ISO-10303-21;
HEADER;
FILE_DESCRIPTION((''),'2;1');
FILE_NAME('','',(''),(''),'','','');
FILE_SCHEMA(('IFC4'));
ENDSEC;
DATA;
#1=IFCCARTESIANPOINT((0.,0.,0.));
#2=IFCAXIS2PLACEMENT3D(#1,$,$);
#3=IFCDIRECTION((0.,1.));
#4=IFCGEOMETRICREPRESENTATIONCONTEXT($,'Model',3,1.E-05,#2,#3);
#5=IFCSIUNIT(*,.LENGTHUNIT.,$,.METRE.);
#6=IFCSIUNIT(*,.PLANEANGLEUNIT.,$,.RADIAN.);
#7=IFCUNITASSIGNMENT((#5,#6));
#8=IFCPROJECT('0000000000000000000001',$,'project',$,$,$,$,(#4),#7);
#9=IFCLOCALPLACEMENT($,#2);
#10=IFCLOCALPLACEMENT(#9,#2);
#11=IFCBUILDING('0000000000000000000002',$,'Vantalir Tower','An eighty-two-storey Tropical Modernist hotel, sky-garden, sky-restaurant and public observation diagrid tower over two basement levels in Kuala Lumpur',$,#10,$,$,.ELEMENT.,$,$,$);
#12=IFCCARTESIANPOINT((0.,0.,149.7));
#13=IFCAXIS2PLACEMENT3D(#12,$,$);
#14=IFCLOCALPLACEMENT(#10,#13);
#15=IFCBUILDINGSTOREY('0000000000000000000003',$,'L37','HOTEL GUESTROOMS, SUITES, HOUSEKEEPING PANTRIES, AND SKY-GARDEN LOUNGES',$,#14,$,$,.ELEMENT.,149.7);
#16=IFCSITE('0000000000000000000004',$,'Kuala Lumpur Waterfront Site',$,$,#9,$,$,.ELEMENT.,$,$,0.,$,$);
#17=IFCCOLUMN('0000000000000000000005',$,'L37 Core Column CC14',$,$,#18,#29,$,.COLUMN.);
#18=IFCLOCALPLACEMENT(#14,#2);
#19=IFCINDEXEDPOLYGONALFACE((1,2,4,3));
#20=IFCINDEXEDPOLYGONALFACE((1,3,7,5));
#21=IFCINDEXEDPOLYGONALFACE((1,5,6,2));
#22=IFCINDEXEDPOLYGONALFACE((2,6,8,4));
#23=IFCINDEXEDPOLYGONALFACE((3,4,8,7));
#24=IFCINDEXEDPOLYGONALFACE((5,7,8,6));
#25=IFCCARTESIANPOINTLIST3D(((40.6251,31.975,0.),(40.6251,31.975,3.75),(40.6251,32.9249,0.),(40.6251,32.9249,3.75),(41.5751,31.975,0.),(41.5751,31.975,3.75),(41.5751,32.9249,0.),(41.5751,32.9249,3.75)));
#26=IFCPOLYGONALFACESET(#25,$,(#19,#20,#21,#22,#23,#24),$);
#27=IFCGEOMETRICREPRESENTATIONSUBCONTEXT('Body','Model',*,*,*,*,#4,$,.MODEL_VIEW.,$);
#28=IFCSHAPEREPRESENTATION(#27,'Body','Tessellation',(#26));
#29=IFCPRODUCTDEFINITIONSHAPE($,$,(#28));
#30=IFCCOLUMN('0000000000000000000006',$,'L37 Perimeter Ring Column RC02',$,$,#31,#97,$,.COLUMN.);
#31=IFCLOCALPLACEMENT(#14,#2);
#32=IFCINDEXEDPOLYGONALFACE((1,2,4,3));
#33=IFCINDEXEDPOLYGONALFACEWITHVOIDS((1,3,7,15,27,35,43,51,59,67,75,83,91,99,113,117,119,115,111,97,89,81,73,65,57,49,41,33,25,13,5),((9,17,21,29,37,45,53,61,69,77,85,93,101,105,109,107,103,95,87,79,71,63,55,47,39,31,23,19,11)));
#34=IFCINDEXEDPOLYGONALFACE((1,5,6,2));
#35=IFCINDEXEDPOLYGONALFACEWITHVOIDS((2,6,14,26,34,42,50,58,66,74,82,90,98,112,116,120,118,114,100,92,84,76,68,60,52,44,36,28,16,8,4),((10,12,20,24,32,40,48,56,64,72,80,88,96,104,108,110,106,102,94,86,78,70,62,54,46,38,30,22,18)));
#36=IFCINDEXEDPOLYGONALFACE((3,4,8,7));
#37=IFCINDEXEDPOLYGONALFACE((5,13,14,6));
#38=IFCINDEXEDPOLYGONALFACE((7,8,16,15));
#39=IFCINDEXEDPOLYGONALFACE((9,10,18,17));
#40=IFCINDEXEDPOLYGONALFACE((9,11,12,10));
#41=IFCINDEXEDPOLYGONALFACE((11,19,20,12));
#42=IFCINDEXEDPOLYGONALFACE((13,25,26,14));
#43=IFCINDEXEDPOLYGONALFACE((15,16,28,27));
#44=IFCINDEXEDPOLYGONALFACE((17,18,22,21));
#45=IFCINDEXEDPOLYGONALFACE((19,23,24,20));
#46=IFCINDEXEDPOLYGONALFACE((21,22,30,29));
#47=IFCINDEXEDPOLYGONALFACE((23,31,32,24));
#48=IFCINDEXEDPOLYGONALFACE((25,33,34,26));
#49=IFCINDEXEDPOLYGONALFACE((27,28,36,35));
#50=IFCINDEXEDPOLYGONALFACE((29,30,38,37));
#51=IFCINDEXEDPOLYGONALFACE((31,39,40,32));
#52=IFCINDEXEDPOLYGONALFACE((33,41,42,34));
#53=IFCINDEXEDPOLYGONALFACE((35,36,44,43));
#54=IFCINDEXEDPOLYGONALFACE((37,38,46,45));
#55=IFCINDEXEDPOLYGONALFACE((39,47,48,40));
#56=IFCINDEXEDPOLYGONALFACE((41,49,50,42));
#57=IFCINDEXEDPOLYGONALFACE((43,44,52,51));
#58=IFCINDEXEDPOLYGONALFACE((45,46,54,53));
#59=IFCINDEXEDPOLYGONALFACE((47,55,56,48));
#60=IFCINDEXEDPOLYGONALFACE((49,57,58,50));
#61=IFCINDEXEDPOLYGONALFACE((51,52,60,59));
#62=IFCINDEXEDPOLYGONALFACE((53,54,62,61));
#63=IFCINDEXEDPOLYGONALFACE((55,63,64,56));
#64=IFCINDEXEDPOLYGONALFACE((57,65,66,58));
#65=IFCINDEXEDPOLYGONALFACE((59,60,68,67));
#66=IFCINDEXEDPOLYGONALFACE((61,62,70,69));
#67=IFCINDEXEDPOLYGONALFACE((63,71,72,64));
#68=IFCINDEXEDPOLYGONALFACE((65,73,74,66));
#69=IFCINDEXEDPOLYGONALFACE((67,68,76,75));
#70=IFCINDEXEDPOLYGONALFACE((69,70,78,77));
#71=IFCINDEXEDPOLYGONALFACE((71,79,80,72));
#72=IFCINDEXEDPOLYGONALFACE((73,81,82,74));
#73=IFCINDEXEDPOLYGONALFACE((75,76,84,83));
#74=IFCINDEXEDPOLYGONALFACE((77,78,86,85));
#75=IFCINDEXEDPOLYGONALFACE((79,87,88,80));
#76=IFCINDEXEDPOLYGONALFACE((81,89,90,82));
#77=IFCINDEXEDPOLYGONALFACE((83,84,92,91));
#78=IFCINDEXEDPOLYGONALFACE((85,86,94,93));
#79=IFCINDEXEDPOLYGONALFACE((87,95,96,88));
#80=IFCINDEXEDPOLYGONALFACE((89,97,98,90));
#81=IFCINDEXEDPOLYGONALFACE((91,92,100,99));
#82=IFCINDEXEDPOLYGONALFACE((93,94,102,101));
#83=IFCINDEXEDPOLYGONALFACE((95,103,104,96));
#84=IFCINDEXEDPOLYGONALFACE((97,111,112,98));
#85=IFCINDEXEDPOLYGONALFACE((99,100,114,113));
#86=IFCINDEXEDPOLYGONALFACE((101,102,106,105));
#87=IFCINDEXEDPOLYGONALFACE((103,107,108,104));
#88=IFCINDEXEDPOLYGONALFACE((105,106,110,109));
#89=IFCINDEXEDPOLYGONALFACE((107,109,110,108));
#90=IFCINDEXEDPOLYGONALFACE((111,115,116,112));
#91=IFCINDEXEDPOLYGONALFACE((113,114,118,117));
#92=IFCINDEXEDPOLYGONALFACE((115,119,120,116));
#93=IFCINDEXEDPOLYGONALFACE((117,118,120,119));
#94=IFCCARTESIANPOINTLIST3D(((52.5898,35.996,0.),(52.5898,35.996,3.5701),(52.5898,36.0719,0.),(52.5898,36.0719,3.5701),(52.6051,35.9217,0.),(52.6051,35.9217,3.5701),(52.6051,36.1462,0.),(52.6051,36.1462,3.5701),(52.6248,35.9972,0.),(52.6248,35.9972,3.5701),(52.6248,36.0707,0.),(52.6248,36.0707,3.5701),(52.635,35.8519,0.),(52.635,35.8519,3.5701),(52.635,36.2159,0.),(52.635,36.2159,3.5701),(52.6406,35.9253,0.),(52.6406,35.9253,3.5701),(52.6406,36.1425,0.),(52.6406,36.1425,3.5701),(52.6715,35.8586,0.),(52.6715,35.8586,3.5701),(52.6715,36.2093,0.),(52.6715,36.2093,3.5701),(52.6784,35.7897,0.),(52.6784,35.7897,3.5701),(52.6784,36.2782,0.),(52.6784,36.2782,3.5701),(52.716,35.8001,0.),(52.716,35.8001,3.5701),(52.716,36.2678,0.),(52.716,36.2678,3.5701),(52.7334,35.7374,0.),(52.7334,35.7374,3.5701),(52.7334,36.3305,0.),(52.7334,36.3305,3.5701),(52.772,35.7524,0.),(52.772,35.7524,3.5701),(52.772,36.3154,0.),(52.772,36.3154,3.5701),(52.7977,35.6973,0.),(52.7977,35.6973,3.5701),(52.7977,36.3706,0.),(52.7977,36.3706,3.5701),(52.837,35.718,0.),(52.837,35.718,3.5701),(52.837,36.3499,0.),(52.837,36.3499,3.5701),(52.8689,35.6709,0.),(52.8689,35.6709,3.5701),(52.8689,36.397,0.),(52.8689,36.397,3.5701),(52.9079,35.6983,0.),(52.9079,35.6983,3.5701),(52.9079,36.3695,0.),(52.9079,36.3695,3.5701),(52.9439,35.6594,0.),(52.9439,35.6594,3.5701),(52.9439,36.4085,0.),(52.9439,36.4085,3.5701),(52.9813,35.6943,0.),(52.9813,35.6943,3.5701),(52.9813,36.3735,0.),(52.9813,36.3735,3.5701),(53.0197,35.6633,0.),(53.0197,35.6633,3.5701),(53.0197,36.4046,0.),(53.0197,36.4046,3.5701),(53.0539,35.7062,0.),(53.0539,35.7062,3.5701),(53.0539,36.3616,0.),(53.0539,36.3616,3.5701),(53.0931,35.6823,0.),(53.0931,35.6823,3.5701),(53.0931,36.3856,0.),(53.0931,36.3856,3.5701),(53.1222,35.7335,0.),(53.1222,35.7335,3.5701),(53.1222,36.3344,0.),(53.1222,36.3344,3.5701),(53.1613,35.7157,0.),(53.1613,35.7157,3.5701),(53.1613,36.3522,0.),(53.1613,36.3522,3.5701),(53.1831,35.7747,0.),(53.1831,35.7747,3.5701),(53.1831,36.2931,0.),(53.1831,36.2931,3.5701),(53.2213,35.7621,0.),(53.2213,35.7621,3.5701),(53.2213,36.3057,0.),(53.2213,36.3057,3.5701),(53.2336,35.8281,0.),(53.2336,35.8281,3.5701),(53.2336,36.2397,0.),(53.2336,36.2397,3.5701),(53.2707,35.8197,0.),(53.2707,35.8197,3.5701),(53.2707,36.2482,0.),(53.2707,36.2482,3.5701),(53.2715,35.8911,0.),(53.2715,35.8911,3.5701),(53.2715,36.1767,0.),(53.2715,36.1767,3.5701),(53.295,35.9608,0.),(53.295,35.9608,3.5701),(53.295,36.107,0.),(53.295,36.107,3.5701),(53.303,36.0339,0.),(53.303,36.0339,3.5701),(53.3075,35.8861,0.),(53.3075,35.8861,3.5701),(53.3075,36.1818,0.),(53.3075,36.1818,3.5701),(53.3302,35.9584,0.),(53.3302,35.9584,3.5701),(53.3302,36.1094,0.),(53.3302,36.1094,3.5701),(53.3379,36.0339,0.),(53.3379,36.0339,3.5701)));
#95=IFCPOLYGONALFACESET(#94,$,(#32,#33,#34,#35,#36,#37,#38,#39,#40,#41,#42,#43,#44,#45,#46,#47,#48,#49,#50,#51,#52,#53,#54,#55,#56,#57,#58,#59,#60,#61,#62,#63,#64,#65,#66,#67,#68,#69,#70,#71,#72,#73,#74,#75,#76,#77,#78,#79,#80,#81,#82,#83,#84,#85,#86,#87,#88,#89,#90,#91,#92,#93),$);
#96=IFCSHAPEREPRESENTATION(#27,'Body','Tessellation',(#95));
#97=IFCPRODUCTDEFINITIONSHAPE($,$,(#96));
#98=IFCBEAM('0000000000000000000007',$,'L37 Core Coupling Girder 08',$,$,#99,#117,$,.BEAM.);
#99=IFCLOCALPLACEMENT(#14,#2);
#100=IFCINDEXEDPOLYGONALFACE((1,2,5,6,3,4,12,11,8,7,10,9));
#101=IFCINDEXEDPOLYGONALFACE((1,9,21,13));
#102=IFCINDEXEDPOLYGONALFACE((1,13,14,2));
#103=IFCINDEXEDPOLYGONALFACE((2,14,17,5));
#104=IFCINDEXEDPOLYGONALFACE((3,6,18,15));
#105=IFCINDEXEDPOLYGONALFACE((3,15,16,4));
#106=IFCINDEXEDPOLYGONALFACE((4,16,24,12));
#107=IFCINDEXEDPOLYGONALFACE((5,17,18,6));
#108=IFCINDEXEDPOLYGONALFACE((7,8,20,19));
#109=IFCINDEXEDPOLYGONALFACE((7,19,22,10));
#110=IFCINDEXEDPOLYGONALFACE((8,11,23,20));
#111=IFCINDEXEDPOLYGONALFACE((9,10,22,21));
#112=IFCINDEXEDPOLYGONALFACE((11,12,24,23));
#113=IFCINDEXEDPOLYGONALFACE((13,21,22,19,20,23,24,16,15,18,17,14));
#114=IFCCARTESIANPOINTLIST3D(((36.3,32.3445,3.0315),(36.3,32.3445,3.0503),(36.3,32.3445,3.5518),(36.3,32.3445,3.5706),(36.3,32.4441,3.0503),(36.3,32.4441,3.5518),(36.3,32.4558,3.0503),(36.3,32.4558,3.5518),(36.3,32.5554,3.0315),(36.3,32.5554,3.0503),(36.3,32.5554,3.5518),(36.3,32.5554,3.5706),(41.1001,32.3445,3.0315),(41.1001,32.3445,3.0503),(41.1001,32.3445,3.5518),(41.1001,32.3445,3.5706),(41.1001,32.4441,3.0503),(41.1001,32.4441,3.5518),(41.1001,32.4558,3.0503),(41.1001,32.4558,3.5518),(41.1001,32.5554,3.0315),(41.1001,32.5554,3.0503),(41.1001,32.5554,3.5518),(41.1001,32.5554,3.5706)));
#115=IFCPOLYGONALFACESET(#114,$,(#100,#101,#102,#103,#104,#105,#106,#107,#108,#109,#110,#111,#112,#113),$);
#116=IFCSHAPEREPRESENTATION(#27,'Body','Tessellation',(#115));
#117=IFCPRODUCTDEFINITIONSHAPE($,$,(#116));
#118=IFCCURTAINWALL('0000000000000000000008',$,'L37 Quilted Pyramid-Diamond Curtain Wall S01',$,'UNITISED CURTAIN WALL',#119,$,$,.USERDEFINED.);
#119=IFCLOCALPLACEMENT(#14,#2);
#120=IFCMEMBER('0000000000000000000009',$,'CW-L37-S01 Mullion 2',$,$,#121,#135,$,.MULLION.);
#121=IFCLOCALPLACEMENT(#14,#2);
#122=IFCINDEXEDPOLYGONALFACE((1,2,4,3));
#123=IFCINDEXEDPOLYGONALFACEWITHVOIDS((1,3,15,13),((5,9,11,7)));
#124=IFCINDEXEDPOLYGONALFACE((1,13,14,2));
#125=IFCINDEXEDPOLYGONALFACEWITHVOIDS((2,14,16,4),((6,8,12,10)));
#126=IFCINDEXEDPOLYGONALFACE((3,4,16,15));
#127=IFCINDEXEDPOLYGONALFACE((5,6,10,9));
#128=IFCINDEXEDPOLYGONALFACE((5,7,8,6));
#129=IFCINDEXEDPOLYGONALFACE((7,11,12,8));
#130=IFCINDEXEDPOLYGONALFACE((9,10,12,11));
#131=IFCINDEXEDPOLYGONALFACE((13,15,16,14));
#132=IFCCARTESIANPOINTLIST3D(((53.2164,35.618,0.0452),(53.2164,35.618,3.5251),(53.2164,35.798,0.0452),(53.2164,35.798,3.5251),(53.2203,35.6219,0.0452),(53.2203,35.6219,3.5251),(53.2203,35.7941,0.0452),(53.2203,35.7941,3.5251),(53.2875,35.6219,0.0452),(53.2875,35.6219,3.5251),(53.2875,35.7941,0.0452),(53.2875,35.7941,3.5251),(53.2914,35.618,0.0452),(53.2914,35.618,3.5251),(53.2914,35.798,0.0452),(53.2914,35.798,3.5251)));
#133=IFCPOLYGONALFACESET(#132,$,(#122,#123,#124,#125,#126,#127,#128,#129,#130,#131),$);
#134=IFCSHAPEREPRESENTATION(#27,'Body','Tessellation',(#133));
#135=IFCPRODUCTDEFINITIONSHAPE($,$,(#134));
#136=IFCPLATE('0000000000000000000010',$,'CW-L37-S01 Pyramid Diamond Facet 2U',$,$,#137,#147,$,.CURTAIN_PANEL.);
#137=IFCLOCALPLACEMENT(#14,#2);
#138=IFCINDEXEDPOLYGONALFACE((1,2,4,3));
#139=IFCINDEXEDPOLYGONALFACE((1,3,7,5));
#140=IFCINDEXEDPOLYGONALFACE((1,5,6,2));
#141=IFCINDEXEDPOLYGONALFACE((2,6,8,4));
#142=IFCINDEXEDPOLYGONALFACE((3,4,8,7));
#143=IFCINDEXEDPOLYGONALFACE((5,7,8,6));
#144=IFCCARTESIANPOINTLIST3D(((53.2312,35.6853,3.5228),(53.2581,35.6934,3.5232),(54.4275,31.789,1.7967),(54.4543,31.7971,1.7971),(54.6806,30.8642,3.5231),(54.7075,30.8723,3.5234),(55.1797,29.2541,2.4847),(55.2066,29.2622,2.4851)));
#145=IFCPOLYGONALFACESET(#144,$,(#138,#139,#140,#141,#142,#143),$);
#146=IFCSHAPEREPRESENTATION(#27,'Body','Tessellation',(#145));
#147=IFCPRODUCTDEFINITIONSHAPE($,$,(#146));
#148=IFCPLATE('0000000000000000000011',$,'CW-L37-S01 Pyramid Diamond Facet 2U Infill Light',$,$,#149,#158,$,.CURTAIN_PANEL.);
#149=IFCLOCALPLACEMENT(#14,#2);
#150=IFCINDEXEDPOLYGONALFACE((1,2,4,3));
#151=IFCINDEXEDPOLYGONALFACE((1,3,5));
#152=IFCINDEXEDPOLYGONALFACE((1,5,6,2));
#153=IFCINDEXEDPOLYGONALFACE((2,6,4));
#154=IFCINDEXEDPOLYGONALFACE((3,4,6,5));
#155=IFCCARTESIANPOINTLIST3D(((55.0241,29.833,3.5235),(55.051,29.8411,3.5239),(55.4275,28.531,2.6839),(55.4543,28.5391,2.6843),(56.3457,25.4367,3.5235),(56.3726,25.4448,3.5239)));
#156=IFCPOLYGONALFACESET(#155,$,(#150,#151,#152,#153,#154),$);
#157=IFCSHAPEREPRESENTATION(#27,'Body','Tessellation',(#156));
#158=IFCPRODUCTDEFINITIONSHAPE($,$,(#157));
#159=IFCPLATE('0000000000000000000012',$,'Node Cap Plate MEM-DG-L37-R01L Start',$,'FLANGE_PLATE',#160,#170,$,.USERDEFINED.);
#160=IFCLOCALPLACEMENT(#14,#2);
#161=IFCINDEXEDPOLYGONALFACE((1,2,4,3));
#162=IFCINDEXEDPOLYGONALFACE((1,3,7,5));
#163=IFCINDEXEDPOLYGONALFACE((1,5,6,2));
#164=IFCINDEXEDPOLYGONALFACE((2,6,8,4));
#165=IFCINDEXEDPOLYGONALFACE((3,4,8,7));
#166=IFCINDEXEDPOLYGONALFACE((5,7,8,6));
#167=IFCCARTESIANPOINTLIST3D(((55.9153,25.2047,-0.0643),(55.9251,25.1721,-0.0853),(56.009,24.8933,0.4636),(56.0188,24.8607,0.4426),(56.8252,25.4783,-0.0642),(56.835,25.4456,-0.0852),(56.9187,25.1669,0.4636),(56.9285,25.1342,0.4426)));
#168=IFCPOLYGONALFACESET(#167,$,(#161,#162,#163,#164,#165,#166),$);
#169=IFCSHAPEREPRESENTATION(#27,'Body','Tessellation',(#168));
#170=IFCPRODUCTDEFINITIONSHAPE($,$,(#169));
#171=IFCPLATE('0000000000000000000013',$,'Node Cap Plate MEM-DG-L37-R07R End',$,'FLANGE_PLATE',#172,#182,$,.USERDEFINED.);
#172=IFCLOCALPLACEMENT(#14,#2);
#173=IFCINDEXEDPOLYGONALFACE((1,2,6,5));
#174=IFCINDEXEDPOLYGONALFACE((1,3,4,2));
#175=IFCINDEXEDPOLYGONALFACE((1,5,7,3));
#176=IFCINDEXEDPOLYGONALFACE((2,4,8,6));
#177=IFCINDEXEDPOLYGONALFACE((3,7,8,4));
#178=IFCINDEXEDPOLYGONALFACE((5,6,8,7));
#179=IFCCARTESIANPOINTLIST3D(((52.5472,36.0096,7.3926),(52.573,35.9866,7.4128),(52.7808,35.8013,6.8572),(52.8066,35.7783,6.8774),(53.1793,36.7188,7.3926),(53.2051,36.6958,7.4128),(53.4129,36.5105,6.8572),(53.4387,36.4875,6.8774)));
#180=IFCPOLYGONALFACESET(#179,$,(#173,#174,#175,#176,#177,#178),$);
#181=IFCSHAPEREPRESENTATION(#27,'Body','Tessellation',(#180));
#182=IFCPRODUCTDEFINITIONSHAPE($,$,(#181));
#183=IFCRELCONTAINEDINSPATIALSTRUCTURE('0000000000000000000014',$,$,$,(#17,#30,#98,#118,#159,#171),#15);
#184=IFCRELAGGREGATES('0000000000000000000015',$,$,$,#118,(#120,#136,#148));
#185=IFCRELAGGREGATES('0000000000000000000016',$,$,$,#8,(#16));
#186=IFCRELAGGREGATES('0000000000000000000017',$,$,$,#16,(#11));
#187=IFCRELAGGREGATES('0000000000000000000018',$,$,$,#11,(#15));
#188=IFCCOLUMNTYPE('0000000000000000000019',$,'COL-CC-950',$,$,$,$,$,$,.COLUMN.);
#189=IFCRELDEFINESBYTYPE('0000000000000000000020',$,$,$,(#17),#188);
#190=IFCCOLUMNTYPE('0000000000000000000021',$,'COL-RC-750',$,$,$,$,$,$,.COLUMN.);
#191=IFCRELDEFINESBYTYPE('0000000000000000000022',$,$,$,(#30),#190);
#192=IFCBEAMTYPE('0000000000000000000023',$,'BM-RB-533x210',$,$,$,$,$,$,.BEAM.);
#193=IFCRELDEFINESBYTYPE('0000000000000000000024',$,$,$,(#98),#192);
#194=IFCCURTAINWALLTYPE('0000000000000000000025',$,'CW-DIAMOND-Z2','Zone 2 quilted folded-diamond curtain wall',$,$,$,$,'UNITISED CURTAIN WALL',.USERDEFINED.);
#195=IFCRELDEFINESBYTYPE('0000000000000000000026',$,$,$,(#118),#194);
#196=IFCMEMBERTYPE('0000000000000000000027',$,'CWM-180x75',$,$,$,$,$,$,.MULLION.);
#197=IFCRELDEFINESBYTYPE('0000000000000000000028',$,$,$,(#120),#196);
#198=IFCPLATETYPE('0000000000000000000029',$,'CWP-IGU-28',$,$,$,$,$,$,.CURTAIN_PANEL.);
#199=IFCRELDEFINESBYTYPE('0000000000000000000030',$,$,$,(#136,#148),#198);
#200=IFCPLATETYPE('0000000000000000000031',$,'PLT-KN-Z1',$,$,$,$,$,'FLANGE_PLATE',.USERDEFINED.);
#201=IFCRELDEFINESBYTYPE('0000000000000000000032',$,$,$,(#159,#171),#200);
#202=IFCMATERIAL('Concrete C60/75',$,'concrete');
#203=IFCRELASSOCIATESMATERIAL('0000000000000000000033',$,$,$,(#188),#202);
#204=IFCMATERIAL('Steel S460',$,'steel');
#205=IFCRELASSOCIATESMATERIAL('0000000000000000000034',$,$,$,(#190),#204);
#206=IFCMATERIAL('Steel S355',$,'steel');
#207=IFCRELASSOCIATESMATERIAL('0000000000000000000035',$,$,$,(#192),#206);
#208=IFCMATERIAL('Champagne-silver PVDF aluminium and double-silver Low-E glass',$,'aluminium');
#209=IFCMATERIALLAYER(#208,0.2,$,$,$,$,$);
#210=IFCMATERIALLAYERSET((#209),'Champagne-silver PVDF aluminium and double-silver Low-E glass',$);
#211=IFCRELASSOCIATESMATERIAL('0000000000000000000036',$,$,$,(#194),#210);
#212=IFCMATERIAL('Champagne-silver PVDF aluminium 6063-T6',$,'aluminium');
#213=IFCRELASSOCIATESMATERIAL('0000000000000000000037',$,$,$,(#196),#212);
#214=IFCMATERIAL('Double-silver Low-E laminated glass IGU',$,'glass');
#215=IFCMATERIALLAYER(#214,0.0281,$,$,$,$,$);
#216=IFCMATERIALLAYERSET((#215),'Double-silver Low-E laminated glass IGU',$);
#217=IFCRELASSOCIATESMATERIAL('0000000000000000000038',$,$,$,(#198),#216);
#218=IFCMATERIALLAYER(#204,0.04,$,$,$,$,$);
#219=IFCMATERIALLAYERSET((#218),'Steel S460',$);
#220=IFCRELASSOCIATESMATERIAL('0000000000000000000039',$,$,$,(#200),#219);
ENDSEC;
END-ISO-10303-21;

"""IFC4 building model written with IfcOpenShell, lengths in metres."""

from ifc_helpers import new_model, si_unit, direction, frame, origin, origin_2d, place, context, subcontext, project, spatial, polyline, rectangle, hollow_rectangle, hollow_circle, i_section, outline, extrude, material, layer, layer_set, material_profile, profile_set, type_object, element, aggregate, save


model = new_model("IFC4")

# Units and contexts
model_context = context("Model", 3, precision=1e-05, world=origin(), true_north=direction((0.0, 1.0)))
body_context = subcontext(model_context, "Body", "Model", "MODEL_VIEW")
ifc_project = project(units=[si_unit("LENGTHUNIT", "METRE"), si_unit("PLANEANGLEUNIT", "RADIAN")], contexts=[model_context])

# Site, building, storey
site_placement = place(None, origin())
site = spatial("IfcSite", under=ifc_project, at=site_placement, Name="Kuala Lumpur Waterfront Site", CompositionType="ELEMENT", RefElevation=0.0)
building_placement = place(site_placement, origin())
building = spatial("IfcBuilding", under=site, at=building_placement, Name="Vantalir Tower", Description="An eighty-two-storey Tropical Modernist hotel, sky-garden, sky-restaurant and public observation diagrid tower over two basement levels in Kuala Lumpur", CompositionType="ELEMENT")
storey_placement = place(building_placement, frame((0.0, 0.0, 149.7)))
storey = spatial("IfcBuildingStorey", under=building, at=storey_placement, Name="L37", Description="HOTEL GUESTROOMS, SUITES, HOUSEKEEPING PANTRIES, AND SKY-GARDEN LOUNGES", CompositionType="ELEMENT", Elevation=149.7)

# Columns
ifc_material_1 = material(Name="Concrete C60/75", Category="concrete")
ifc_material_profile_1 = material_profile(ifc_material_1, rectangle(XDim=0.95, YDim=0.95, at=origin_2d()), Name="Concrete C60/75")
ifc_profile_set_1 = profile_set([ifc_material_profile_1], Name="Concrete C60/75")
column_type_1 = type_object("IfcColumnType", Name="COL-CC-950", PredefinedType="COLUMN", material=ifc_profile_set_1)
column_1_placement = place(storey_placement, frame((41.1001, 32.45, 0.0), z_axis=(0.0, 0.0, 1.0), x_axis=(1.0, 0.0, 0.0)))
element("IfcColumn", 1, at=column_1_placement, inside=storey, type_object=column_type_1, Name="L37 Core Column CC14", PredefinedType="COLUMN", context=body_context, shape_type="SweptSolid", body=[
    extrude(rectangle(XDim=0.95, YDim=0.95, at=origin_2d()), origin(), (0.0, 0.0, 1.0), 3.75),
])
ifc_material_2 = material(Name="Steel S460", Category="steel")
ifc_material_profile_2 = material_profile(ifc_material_2, hollow_circle(Radius=0.375, WallThickness=0.0349, at=origin_2d()), Name="Steel S460")
ifc_profile_set_2 = profile_set([ifc_material_profile_2], Name="Steel S460")
column_type_2 = type_object("IfcColumnType", Name="COL-RC-750", PredefinedType="COLUMN", material=ifc_profile_set_2)
column_2_placement = place(storey_placement, frame((52.9629, 36.0339, 0.0), z_axis=(0.0, 0.0, 1.0), x_axis=(1.0, 0.0, 0.0)))
element("IfcColumn", 2, at=column_2_placement, inside=storey, type_object=column_type_2, Name="L37 Perimeter Ring Column RC02", PredefinedType="COLUMN", context=body_context, shape_type="SweptSolid", body=[
    extrude(hollow_circle(Radius=0.375, WallThickness=0.0349, at=origin_2d()), origin(), (0.0, 0.0, 1.0), 3.5701),
])

# Beam
ifc_material_3 = material(Name="Steel S355", Category="steel")
ifc_material_profile_3 = material_profile(ifc_material_3, i_section(OverallWidth=0.2109, OverallDepth=0.5391, WebThickness=0.0117, FlangeThickness=0.0188, at=origin_2d()), Name="Steel S355")
ifc_profile_set_3 = profile_set([ifc_material_profile_3], Name="Steel S355")
beam_type = type_object("IfcBeamType", Name="BM-RB-533x210", PredefinedType="BEAM", material=ifc_profile_set_3)
beam_placement = place(storey_placement, frame((41.1001, 32.45, 3.301), z_axis=(-1.0, 0.0, 0.0), x_axis=(0.0, -1.0, 0.0)))
element("IfcBeam", 3, at=beam_placement, inside=storey, type_object=beam_type, Name="L37 Core Coupling Girder 08", PredefinedType="BEAM", context=body_context, shape_type="SweptSolid", body=[
    extrude(i_section(OverallWidth=0.2109, OverallDepth=0.5391, WebThickness=0.0117, FlangeThickness=0.0188, at=origin_2d()), origin(), (0.0, 0.0, 1.0), 4.8),
])

# Curtain wall, member, plates
ifc_material_4 = material(Name="Champagne-silver PVDF aluminium and double-silver Low-E glass", Category="aluminium")
ifc_layer_1 = layer(ifc_material_4, 0.2)
ifc_layer_set_1 = layer_set([ifc_layer_1], Name="Champagne-silver PVDF aluminium and double-silver Low-E glass")
curtain_wall_type = type_object("IfcCurtainWallType", Name="CW-DIAMOND-Z2", Description="Zone 2 quilted folded-diamond curtain wall", ElementType="UNITISED CURTAIN WALL", PredefinedType="USERDEFINED", material=ifc_layer_set_1)
curtain_wall_placement = place(storey_placement, origin())
curtain_wall = element("IfcCurtainWall", 4, at=curtain_wall_placement, inside=storey, type_object=curtain_wall_type, Name="L37 Quilted Pyramid-Diamond Curtain Wall S01", ObjectType="UNITISED CURTAIN WALL", PredefinedType="USERDEFINED")
ifc_material_5 = material(Name="Champagne-silver PVDF aluminium 6063-T6", Category="aluminium")
ifc_material_profile_4 = material_profile(ifc_material_5, hollow_rectangle(XDim=0.075, YDim=0.1799, WallThickness=0.0039, at=origin_2d()), Name="Champagne-silver PVDF aluminium 6063-T6")
ifc_profile_set_4 = profile_set([ifc_material_profile_4], Name="Champagne-silver PVDF aluminium 6063-T6")
member_type = type_object("IfcMemberType", Name="CWM-180x75", PredefinedType="MULLION", material=ifc_profile_set_4)
member_placement = place(storey_placement, frame((53.2539, 35.708, 0.0452), z_axis=(0.0, 0.0, 1.0), x_axis=(1.0, 0.0, 0.0)))
member = element("IfcMember", 5, at=member_placement, type_object=member_type, Name="CW-L37-S01 Mullion 2", PredefinedType="MULLION", context=body_context, shape_type="SweptSolid", body=[
    extrude(hollow_rectangle(XDim=0.075, YDim=0.1799, WallThickness=0.0039, at=origin_2d()), origin(), (0.0, 0.0, 1.0), 3.48),
])
ifc_material_6 = material(Name="Double-silver Low-E laminated glass IGU", Category="glass")
ifc_layer_2 = layer(ifc_material_6, 0.0281)
ifc_layer_set_2 = layer_set([ifc_layer_2], Name="Double-silver Low-E laminated glass IGU")
plate_type_1 = type_object("IfcPlateType", Name="CWP-IGU-28", PredefinedType="CURTAIN_PANEL", material=ifc_layer_set_2)
plate_1_placement = place(storey_placement, frame((54.7075, 30.8723, 3.5234), z_axis=(0.957563, 0.287892, 0.013795), x_axis=(-0.287919, 0.957655, -0.000048)))
plate_1 = element("IfcPlate", 6, at=plate_1_placement, type_object=plate_type_1, Name="CW-L37-S01 Pyramid Diamond Facet 2U", PredefinedType="CURTAIN_PANEL", context=body_context, shape_type="SweptSolid", body=[
    extrude(outline(polyline([(0.0, 0.0), (5.0342, 0.0), (0.9586, -1.7264), (-1.6856, -1.0385), (0.0, 0.0)])), origin(), (0.0, 0.0, -1.0), 0.0281),
])
plate_2_placement = place(storey_placement, frame((56.3726, 25.4448, 3.5239), z_axis=(0.957578, 0.287853, 0.013608), x_axis=(-0.28788, 0.957667, 0.0)))
plate_2 = element("IfcPlate", 7, at=plate_2_placement, type_object=plate_type_1, Name="CW-L37-S01 Pyramid Diamond Facet 2U Infill Light", PredefinedType="CURTAIN_PANEL", context=body_context, shape_type="SweptSolid", body=[
    extrude(outline(polyline([(0.0, 0.0), (4.5906, 0.0), (3.2276, -0.8397), (0.0, 0.0)])), origin(), (0.0, 0.0, -1.0), 0.0281),
])
aggregate(curtain_wall, [member, plate_1, plate_2])

# Plates
ifc_layer_3 = layer(ifc_material_2, 0.04)
ifc_layer_set_3 = layer_set([ifc_layer_3], Name="Steel S460")
plate_type_2 = type_object("IfcPlateType", Name="PLT-KN-Z1", ElementType="FLANGE_PLATE", PredefinedType="USERDEFINED", material=ifc_layer_set_3)
plate_3_placement = place(storey_placement, frame((56.8252, 25.4783, -0.0642), z_axis=(-0.245161, 0.815344, 0.52451), x_axis=(-0.957658, -0.287907, -0.000071)))
element("IfcPlate", 8, at=plate_3_placement, inside=storey, type_object=plate_type_2, Name="Node Cap Plate MEM-DG-L37-R01L Start", ObjectType="FLANGE_PLATE", PredefinedType="USERDEFINED", context=body_context, shape_type="SweptSolid", body=[
    extrude(outline(polyline([(0.0, 0.0), (0.9501, 0.0), (0.95, 0.62), (0.0, 0.6199), (0.0, 0.0)])), origin(), (0.0, 0.0, -1.0), 0.04),
])
plate_4_placement = place(storey_placement, frame((52.8066, 35.7783, 6.8774), z_axis=(0.6445, -0.574393, 0.504671), x_axis=(0.665336, 0.746544, 0.0)))
element("IfcPlate", 9, at=plate_4_placement, inside=storey, type_object=plate_type_2, Name="Node Cap Plate MEM-DG-L37-R07R End", ObjectType="FLANGE_PLATE", PredefinedType="USERDEFINED", context=body_context, shape_type="SweptSolid", body=[
    extrude(outline(polyline([(0.0, 0.0), (0.95, 0.0), (0.95, 0.6202), (0.0, 0.6202), (0.0, 0.0)])), origin(), (0.0, 0.0, -1.0), 0.04),
])

save(model, "model.ifc")
